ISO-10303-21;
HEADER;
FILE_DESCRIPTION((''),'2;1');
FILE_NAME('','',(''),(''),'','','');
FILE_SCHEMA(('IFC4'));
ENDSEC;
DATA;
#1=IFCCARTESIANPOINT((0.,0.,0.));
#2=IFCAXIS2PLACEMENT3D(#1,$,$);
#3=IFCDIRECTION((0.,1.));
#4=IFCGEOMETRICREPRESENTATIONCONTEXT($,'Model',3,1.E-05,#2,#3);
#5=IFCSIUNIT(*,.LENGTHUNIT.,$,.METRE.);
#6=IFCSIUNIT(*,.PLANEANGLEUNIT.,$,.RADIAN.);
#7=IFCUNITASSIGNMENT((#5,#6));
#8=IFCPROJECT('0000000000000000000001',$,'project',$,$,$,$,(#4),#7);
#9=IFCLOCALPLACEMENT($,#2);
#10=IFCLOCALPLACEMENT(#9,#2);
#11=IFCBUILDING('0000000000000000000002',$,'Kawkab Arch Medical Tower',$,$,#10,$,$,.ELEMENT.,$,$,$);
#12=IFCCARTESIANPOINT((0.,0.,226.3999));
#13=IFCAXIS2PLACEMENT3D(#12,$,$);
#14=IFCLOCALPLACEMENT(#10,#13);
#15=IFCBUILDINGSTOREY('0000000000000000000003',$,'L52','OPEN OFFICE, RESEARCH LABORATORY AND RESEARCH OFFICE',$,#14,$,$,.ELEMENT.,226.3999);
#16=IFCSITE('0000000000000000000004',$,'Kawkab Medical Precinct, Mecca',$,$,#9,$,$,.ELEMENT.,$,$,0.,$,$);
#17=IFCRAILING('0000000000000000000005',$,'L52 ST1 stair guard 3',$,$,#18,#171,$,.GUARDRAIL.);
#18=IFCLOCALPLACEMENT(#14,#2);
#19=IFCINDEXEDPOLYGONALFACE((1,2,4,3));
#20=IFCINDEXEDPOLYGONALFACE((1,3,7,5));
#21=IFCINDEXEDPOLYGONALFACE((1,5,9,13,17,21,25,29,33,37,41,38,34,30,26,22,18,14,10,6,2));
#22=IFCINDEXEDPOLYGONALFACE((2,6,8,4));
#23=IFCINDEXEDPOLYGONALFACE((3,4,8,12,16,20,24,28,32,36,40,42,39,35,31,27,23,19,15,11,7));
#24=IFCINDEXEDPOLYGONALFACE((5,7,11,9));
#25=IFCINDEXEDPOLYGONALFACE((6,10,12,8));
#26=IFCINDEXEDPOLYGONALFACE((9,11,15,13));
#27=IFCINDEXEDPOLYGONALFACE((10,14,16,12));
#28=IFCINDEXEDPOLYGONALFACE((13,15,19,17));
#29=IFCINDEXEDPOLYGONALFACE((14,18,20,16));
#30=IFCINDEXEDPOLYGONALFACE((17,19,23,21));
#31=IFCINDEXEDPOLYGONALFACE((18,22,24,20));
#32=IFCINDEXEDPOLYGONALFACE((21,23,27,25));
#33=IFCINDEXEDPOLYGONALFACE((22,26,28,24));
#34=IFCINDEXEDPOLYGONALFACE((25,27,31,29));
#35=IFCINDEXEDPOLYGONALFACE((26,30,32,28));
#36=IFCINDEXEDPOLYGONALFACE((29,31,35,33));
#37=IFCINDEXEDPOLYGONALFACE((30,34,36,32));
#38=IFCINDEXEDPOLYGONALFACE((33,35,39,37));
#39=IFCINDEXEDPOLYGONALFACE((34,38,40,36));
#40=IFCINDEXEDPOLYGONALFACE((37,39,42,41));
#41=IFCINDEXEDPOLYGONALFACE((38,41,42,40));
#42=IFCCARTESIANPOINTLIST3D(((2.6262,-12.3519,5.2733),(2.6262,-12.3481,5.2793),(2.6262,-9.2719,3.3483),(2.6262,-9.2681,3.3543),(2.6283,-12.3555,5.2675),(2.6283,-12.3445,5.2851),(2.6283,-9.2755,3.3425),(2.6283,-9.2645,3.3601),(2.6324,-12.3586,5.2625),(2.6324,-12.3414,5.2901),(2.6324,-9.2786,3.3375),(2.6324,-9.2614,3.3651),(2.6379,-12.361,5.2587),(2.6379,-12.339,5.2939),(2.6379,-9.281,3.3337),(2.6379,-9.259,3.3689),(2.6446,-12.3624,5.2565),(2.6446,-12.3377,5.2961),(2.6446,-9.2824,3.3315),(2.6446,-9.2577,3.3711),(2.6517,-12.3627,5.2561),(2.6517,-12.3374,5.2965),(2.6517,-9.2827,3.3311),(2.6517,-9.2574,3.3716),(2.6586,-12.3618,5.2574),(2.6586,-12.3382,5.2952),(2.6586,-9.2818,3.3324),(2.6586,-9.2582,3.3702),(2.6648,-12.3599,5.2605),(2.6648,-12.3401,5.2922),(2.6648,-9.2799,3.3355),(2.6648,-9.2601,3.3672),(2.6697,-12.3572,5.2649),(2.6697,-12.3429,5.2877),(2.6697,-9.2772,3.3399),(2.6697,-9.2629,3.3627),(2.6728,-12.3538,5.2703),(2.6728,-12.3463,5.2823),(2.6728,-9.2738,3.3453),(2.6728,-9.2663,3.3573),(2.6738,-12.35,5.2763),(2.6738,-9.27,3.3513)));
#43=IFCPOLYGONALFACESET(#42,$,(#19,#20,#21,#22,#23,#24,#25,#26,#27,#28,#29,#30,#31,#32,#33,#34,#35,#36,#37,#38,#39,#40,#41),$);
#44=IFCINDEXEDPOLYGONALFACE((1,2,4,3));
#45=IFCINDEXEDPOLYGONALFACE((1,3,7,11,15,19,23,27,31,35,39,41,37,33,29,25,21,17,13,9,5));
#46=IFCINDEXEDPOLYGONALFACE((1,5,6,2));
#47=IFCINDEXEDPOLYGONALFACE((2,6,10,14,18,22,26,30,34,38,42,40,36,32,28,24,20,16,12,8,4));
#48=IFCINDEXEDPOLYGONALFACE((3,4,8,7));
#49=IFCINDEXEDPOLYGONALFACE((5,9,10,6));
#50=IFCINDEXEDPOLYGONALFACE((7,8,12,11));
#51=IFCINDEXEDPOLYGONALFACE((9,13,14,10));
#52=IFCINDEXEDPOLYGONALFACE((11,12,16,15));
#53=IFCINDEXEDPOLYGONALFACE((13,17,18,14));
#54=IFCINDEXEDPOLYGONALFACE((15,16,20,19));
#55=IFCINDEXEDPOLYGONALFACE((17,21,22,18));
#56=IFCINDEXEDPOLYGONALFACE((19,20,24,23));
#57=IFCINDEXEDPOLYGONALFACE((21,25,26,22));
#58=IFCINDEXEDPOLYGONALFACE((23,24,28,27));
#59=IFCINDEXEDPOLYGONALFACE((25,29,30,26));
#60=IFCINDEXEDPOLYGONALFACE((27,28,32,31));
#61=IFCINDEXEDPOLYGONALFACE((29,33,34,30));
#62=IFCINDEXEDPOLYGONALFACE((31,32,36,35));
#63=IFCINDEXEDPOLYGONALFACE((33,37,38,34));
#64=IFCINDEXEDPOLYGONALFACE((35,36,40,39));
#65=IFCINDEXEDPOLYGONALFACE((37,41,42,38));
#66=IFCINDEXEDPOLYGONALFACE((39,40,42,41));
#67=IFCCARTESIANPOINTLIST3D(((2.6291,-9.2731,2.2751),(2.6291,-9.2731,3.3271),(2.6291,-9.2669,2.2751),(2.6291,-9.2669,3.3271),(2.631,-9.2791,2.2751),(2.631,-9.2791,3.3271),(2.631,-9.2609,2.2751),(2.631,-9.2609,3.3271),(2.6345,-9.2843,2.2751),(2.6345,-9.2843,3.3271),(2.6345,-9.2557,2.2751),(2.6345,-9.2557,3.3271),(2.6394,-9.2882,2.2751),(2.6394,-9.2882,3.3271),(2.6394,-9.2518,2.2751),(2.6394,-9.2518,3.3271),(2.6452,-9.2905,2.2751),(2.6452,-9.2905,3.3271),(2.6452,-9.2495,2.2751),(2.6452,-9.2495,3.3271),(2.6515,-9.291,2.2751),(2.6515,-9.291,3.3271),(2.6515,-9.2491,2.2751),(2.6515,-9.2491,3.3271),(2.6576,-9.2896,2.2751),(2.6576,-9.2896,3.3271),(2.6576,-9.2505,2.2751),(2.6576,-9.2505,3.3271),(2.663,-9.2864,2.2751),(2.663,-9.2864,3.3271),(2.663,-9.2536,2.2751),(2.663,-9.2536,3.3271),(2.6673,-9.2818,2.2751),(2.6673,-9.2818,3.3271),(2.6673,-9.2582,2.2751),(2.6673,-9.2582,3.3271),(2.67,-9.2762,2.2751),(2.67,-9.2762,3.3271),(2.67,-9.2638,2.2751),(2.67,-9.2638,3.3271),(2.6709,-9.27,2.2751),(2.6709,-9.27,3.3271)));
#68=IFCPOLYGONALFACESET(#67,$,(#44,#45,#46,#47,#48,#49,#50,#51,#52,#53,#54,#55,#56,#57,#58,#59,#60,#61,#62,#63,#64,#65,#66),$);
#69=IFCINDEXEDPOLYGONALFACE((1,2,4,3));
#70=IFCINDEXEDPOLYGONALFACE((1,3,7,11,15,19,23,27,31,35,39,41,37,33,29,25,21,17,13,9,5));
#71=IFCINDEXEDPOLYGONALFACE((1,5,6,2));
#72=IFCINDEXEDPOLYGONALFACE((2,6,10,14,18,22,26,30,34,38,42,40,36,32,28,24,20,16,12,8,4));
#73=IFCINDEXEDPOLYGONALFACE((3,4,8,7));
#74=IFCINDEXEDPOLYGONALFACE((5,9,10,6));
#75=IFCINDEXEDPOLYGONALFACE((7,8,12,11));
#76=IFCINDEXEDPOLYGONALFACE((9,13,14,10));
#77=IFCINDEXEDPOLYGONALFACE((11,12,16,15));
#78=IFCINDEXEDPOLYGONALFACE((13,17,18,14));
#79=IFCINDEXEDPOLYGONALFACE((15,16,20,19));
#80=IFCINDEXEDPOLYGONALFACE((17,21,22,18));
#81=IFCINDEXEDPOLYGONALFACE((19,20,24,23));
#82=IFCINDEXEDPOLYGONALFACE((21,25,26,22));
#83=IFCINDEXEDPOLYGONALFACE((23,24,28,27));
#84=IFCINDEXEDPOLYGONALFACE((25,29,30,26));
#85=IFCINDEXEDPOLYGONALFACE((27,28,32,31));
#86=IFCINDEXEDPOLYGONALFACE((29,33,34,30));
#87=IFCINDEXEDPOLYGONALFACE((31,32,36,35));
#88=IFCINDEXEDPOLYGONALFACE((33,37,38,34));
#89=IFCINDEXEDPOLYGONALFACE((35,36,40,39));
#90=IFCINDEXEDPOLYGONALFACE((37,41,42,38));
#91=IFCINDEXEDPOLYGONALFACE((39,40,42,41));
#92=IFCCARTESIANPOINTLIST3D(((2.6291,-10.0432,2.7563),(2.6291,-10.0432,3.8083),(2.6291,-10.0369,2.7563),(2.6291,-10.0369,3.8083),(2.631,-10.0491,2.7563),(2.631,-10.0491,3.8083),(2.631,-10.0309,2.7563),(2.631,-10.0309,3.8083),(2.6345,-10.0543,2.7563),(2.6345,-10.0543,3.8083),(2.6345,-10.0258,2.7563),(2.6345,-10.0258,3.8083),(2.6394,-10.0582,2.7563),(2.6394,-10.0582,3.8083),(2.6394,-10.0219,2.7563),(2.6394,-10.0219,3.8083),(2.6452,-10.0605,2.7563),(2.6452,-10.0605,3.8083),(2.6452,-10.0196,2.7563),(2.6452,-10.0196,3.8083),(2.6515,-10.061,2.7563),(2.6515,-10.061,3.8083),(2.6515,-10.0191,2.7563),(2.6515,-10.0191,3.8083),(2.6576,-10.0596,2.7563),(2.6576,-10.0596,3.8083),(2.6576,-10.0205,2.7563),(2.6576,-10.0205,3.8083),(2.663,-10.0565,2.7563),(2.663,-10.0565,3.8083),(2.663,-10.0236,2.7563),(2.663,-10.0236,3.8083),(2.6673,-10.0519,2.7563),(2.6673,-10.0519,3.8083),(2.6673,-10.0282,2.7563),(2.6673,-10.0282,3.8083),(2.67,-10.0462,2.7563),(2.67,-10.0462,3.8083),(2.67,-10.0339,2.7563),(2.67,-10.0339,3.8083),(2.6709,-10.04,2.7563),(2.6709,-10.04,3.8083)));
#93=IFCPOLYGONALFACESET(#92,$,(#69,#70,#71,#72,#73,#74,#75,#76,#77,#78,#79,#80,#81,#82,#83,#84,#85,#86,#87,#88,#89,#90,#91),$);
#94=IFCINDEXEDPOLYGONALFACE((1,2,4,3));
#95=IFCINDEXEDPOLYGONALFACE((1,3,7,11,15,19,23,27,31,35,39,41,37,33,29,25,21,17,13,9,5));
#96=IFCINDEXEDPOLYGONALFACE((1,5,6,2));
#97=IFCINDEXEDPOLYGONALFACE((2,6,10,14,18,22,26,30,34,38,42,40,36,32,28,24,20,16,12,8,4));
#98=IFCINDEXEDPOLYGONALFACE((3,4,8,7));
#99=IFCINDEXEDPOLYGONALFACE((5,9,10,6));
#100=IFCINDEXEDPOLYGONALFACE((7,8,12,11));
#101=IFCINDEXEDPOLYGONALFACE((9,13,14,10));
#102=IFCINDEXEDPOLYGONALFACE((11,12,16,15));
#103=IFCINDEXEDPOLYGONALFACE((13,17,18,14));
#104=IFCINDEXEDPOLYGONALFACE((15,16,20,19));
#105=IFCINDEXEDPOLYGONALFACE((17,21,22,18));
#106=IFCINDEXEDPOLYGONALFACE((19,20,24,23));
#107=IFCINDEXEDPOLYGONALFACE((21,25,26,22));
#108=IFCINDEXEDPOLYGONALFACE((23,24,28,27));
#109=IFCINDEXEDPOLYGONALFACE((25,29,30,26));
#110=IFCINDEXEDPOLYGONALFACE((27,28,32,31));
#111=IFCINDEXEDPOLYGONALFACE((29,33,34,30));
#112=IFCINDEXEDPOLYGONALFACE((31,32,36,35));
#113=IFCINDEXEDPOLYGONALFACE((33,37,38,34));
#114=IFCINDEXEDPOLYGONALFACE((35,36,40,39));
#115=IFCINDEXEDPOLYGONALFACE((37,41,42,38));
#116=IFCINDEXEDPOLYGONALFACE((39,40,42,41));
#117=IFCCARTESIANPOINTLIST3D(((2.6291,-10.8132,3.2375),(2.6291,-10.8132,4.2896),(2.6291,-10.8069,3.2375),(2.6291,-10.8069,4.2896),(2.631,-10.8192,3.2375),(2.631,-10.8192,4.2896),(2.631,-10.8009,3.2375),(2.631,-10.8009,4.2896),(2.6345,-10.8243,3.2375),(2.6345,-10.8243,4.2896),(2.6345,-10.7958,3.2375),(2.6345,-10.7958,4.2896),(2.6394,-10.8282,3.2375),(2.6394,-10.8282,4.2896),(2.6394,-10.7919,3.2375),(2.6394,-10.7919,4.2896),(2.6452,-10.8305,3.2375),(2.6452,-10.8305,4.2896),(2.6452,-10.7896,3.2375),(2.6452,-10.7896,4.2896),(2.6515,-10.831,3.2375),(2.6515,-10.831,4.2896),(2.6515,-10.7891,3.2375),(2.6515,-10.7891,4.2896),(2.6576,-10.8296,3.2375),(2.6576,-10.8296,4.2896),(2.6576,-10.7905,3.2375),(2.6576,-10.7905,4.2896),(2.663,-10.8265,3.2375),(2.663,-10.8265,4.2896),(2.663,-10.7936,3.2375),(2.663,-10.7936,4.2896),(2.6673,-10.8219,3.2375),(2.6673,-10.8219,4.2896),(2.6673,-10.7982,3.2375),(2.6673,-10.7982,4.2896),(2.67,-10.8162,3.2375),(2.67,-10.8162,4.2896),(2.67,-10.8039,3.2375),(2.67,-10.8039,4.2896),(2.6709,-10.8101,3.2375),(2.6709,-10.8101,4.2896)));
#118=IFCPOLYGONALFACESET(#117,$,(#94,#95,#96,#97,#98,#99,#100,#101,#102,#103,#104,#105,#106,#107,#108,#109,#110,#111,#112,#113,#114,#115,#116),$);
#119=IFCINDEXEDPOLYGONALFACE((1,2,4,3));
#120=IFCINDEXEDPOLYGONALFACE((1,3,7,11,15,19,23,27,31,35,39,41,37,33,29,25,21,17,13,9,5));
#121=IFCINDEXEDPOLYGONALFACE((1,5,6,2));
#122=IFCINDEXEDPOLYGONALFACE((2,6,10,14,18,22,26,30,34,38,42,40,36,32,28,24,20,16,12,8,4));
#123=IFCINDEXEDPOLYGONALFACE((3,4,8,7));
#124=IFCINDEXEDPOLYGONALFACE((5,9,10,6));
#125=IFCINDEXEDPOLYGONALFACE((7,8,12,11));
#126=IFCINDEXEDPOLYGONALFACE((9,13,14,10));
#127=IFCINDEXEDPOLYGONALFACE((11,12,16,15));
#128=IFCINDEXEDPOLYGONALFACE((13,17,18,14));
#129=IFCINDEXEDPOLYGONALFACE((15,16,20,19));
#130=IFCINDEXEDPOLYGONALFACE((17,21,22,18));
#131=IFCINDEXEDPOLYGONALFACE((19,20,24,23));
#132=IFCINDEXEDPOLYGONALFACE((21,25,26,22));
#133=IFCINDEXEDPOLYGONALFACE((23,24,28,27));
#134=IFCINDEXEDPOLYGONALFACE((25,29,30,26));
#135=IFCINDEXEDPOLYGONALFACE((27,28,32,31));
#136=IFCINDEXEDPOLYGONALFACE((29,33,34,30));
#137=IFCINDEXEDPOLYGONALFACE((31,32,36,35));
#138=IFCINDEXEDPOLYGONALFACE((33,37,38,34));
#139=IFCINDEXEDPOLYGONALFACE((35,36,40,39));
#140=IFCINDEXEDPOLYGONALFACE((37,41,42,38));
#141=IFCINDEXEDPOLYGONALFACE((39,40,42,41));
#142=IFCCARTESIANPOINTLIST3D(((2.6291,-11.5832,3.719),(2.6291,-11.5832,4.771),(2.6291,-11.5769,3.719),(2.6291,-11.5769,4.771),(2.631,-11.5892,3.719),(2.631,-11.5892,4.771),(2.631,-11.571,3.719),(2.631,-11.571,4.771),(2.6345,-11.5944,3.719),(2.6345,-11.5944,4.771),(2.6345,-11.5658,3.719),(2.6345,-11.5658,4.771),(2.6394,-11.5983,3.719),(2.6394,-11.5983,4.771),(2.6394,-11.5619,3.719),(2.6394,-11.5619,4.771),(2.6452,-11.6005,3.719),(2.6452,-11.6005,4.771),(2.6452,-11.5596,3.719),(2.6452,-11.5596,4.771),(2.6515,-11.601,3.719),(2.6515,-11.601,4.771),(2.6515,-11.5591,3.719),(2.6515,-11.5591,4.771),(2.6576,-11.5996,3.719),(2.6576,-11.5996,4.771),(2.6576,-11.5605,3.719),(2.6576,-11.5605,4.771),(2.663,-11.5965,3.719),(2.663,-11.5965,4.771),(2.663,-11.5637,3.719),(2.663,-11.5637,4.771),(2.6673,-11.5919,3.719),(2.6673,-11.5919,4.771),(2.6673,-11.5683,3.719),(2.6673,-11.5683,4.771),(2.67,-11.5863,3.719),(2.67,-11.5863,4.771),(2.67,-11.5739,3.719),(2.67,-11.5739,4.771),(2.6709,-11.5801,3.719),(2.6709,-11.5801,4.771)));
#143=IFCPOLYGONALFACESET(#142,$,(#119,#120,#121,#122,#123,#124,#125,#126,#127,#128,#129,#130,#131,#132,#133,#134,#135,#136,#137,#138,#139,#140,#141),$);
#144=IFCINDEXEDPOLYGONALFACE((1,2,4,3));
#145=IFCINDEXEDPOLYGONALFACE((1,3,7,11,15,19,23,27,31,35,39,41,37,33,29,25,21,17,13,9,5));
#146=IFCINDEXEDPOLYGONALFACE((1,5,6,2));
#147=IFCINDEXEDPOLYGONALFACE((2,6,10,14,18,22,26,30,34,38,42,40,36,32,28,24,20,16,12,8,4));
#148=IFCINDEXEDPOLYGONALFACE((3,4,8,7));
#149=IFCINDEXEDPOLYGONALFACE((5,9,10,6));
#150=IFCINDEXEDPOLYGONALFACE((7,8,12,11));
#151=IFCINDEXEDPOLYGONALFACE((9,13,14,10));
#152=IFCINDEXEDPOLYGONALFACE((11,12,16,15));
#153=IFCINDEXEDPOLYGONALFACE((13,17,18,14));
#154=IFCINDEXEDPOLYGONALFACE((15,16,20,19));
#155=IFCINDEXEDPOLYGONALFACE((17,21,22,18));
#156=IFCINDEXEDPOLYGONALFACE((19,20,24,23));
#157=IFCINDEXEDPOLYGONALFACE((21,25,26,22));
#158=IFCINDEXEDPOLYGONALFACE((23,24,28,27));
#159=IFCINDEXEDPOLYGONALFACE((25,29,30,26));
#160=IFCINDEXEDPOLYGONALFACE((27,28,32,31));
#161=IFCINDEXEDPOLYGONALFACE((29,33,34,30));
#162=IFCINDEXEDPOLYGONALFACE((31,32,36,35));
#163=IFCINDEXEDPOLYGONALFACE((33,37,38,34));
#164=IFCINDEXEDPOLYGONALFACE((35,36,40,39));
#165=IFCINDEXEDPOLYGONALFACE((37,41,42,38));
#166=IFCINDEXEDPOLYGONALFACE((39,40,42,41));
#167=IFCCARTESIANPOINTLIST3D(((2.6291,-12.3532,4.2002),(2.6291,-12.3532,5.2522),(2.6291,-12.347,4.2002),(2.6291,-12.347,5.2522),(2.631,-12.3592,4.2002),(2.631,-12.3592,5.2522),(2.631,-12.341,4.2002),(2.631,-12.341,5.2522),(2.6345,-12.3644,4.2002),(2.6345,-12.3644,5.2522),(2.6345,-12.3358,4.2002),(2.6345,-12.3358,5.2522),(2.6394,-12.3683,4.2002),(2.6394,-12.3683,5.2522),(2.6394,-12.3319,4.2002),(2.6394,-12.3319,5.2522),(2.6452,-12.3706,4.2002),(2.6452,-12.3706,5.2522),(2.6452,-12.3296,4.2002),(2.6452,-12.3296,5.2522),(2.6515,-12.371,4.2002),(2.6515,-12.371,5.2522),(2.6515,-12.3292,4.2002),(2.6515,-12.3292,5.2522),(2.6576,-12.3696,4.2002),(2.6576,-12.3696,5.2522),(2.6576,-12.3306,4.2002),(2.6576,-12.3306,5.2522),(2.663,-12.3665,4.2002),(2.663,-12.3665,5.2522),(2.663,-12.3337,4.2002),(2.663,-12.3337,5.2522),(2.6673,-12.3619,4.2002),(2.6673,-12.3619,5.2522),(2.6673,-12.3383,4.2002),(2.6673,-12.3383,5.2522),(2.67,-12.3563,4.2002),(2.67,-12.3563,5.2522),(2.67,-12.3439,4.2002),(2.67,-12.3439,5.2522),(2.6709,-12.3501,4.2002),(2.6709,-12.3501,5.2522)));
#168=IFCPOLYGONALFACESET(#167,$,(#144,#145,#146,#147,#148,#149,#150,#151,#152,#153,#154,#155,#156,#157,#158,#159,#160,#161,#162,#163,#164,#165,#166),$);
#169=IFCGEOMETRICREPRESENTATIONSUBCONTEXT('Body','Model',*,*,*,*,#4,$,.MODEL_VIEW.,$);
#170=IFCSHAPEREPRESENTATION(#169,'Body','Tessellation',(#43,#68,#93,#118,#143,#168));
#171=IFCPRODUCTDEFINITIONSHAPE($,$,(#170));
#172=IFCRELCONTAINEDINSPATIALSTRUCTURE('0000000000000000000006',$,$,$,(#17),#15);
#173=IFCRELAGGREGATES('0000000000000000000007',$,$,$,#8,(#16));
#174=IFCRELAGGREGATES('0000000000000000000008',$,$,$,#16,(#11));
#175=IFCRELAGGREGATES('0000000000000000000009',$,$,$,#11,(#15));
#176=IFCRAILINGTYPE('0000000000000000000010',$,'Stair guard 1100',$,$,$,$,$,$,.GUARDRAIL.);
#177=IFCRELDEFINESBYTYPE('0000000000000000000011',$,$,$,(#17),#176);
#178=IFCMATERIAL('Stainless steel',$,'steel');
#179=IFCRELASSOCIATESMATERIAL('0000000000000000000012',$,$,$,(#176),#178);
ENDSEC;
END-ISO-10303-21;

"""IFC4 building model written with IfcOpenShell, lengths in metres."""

from ifc_helpers import new_model, si_unit, direction, frame, origin, origin_2d, place, context, subcontext, project, spatial, circle, extrude, material, type_object, element, save


model = new_model("IFC4")

# Units and contexts
model_context = context("Model", 3, precision=1e-05, world=origin(), true_north=direction((0.0, 1.0)))
body_context = subcontext(model_context, "Body", "Model", "MODEL_VIEW")
ifc_project = project(units=[si_unit("LENGTHUNIT", "METRE"), si_unit("PLANEANGLEUNIT", "RADIAN")], contexts=[model_context])

# Site, building, storey
site_placement = place(None, origin())
site = spatial("IfcSite", under=ifc_project, at=site_placement, Name="Kawkab Medical Precinct, Mecca", CompositionType="ELEMENT", RefElevation=0.0)
building_placement = place(site_placement, origin())
building = spatial("IfcBuilding", under=site, at=building_placement, Name="Kawkab Arch Medical Tower", CompositionType="ELEMENT")
storey_placement = place(building_placement, frame((0.0, 0.0, 226.3999)))
storey = spatial("IfcBuildingStorey", under=building, at=storey_placement, Name="L52", Description="OPEN OFFICE, RESEARCH LABORATORY AND RESEARCH OFFICE", CompositionType="ELEMENT", Elevation=226.3999)

# Railing
ifc_material_1 = material(Name="Stainless steel", Category="steel")
railing_type_1 = type_object("IfcRailingType", Name="Stair guard 1100", PredefinedType="GUARDRAIL", material=ifc_material_1)
railing_1_placement = place(storey_placement, frame((2.6499, -9.27, 2.2751)))
element("IfcRailing", 1, at=railing_1_placement, inside=storey, type_object=railing_type_1, Name="L52 ST1 stair guard 3", PredefinedType="GUARDRAIL", context=body_context, shape_type="SweptSolid", body=[
    extrude(circle(Radius=0.0239, at=origin_2d()), frame((0.0, 0.0, 1.0762), z_axis=(0.0, -0.847998, 0.529999), x_axis=(1.0, 0.0, 0.0)), (0.0, 0.0, 1.0), 3.6321),
    extrude(circle(Radius=0.021, at=origin_2d()), origin(), (0.0, 0.0, 1.0), 1.052),
    extrude(circle(Radius=0.021, at=origin_2d()), frame((0.0, -0.77, 0.4812)), (0.0, 0.0, 1.0), 1.052),
    extrude(circle(Radius=0.021, at=origin_2d()), frame((0.0, -1.54, 0.9624)), (0.0, 0.0, 1.0), 1.052),
    extrude(circle(Radius=0.021, at=origin_2d()), frame((0.0, -2.3101, 1.4438)), (0.0, 0.0, 1.0), 1.052),
    extrude(circle(Radius=0.021, at=origin_2d()), frame((0.0, -3.0801, 1.925)), (0.0, 0.0, 1.0), 1.052),
])

save(model, "model.ifc")
